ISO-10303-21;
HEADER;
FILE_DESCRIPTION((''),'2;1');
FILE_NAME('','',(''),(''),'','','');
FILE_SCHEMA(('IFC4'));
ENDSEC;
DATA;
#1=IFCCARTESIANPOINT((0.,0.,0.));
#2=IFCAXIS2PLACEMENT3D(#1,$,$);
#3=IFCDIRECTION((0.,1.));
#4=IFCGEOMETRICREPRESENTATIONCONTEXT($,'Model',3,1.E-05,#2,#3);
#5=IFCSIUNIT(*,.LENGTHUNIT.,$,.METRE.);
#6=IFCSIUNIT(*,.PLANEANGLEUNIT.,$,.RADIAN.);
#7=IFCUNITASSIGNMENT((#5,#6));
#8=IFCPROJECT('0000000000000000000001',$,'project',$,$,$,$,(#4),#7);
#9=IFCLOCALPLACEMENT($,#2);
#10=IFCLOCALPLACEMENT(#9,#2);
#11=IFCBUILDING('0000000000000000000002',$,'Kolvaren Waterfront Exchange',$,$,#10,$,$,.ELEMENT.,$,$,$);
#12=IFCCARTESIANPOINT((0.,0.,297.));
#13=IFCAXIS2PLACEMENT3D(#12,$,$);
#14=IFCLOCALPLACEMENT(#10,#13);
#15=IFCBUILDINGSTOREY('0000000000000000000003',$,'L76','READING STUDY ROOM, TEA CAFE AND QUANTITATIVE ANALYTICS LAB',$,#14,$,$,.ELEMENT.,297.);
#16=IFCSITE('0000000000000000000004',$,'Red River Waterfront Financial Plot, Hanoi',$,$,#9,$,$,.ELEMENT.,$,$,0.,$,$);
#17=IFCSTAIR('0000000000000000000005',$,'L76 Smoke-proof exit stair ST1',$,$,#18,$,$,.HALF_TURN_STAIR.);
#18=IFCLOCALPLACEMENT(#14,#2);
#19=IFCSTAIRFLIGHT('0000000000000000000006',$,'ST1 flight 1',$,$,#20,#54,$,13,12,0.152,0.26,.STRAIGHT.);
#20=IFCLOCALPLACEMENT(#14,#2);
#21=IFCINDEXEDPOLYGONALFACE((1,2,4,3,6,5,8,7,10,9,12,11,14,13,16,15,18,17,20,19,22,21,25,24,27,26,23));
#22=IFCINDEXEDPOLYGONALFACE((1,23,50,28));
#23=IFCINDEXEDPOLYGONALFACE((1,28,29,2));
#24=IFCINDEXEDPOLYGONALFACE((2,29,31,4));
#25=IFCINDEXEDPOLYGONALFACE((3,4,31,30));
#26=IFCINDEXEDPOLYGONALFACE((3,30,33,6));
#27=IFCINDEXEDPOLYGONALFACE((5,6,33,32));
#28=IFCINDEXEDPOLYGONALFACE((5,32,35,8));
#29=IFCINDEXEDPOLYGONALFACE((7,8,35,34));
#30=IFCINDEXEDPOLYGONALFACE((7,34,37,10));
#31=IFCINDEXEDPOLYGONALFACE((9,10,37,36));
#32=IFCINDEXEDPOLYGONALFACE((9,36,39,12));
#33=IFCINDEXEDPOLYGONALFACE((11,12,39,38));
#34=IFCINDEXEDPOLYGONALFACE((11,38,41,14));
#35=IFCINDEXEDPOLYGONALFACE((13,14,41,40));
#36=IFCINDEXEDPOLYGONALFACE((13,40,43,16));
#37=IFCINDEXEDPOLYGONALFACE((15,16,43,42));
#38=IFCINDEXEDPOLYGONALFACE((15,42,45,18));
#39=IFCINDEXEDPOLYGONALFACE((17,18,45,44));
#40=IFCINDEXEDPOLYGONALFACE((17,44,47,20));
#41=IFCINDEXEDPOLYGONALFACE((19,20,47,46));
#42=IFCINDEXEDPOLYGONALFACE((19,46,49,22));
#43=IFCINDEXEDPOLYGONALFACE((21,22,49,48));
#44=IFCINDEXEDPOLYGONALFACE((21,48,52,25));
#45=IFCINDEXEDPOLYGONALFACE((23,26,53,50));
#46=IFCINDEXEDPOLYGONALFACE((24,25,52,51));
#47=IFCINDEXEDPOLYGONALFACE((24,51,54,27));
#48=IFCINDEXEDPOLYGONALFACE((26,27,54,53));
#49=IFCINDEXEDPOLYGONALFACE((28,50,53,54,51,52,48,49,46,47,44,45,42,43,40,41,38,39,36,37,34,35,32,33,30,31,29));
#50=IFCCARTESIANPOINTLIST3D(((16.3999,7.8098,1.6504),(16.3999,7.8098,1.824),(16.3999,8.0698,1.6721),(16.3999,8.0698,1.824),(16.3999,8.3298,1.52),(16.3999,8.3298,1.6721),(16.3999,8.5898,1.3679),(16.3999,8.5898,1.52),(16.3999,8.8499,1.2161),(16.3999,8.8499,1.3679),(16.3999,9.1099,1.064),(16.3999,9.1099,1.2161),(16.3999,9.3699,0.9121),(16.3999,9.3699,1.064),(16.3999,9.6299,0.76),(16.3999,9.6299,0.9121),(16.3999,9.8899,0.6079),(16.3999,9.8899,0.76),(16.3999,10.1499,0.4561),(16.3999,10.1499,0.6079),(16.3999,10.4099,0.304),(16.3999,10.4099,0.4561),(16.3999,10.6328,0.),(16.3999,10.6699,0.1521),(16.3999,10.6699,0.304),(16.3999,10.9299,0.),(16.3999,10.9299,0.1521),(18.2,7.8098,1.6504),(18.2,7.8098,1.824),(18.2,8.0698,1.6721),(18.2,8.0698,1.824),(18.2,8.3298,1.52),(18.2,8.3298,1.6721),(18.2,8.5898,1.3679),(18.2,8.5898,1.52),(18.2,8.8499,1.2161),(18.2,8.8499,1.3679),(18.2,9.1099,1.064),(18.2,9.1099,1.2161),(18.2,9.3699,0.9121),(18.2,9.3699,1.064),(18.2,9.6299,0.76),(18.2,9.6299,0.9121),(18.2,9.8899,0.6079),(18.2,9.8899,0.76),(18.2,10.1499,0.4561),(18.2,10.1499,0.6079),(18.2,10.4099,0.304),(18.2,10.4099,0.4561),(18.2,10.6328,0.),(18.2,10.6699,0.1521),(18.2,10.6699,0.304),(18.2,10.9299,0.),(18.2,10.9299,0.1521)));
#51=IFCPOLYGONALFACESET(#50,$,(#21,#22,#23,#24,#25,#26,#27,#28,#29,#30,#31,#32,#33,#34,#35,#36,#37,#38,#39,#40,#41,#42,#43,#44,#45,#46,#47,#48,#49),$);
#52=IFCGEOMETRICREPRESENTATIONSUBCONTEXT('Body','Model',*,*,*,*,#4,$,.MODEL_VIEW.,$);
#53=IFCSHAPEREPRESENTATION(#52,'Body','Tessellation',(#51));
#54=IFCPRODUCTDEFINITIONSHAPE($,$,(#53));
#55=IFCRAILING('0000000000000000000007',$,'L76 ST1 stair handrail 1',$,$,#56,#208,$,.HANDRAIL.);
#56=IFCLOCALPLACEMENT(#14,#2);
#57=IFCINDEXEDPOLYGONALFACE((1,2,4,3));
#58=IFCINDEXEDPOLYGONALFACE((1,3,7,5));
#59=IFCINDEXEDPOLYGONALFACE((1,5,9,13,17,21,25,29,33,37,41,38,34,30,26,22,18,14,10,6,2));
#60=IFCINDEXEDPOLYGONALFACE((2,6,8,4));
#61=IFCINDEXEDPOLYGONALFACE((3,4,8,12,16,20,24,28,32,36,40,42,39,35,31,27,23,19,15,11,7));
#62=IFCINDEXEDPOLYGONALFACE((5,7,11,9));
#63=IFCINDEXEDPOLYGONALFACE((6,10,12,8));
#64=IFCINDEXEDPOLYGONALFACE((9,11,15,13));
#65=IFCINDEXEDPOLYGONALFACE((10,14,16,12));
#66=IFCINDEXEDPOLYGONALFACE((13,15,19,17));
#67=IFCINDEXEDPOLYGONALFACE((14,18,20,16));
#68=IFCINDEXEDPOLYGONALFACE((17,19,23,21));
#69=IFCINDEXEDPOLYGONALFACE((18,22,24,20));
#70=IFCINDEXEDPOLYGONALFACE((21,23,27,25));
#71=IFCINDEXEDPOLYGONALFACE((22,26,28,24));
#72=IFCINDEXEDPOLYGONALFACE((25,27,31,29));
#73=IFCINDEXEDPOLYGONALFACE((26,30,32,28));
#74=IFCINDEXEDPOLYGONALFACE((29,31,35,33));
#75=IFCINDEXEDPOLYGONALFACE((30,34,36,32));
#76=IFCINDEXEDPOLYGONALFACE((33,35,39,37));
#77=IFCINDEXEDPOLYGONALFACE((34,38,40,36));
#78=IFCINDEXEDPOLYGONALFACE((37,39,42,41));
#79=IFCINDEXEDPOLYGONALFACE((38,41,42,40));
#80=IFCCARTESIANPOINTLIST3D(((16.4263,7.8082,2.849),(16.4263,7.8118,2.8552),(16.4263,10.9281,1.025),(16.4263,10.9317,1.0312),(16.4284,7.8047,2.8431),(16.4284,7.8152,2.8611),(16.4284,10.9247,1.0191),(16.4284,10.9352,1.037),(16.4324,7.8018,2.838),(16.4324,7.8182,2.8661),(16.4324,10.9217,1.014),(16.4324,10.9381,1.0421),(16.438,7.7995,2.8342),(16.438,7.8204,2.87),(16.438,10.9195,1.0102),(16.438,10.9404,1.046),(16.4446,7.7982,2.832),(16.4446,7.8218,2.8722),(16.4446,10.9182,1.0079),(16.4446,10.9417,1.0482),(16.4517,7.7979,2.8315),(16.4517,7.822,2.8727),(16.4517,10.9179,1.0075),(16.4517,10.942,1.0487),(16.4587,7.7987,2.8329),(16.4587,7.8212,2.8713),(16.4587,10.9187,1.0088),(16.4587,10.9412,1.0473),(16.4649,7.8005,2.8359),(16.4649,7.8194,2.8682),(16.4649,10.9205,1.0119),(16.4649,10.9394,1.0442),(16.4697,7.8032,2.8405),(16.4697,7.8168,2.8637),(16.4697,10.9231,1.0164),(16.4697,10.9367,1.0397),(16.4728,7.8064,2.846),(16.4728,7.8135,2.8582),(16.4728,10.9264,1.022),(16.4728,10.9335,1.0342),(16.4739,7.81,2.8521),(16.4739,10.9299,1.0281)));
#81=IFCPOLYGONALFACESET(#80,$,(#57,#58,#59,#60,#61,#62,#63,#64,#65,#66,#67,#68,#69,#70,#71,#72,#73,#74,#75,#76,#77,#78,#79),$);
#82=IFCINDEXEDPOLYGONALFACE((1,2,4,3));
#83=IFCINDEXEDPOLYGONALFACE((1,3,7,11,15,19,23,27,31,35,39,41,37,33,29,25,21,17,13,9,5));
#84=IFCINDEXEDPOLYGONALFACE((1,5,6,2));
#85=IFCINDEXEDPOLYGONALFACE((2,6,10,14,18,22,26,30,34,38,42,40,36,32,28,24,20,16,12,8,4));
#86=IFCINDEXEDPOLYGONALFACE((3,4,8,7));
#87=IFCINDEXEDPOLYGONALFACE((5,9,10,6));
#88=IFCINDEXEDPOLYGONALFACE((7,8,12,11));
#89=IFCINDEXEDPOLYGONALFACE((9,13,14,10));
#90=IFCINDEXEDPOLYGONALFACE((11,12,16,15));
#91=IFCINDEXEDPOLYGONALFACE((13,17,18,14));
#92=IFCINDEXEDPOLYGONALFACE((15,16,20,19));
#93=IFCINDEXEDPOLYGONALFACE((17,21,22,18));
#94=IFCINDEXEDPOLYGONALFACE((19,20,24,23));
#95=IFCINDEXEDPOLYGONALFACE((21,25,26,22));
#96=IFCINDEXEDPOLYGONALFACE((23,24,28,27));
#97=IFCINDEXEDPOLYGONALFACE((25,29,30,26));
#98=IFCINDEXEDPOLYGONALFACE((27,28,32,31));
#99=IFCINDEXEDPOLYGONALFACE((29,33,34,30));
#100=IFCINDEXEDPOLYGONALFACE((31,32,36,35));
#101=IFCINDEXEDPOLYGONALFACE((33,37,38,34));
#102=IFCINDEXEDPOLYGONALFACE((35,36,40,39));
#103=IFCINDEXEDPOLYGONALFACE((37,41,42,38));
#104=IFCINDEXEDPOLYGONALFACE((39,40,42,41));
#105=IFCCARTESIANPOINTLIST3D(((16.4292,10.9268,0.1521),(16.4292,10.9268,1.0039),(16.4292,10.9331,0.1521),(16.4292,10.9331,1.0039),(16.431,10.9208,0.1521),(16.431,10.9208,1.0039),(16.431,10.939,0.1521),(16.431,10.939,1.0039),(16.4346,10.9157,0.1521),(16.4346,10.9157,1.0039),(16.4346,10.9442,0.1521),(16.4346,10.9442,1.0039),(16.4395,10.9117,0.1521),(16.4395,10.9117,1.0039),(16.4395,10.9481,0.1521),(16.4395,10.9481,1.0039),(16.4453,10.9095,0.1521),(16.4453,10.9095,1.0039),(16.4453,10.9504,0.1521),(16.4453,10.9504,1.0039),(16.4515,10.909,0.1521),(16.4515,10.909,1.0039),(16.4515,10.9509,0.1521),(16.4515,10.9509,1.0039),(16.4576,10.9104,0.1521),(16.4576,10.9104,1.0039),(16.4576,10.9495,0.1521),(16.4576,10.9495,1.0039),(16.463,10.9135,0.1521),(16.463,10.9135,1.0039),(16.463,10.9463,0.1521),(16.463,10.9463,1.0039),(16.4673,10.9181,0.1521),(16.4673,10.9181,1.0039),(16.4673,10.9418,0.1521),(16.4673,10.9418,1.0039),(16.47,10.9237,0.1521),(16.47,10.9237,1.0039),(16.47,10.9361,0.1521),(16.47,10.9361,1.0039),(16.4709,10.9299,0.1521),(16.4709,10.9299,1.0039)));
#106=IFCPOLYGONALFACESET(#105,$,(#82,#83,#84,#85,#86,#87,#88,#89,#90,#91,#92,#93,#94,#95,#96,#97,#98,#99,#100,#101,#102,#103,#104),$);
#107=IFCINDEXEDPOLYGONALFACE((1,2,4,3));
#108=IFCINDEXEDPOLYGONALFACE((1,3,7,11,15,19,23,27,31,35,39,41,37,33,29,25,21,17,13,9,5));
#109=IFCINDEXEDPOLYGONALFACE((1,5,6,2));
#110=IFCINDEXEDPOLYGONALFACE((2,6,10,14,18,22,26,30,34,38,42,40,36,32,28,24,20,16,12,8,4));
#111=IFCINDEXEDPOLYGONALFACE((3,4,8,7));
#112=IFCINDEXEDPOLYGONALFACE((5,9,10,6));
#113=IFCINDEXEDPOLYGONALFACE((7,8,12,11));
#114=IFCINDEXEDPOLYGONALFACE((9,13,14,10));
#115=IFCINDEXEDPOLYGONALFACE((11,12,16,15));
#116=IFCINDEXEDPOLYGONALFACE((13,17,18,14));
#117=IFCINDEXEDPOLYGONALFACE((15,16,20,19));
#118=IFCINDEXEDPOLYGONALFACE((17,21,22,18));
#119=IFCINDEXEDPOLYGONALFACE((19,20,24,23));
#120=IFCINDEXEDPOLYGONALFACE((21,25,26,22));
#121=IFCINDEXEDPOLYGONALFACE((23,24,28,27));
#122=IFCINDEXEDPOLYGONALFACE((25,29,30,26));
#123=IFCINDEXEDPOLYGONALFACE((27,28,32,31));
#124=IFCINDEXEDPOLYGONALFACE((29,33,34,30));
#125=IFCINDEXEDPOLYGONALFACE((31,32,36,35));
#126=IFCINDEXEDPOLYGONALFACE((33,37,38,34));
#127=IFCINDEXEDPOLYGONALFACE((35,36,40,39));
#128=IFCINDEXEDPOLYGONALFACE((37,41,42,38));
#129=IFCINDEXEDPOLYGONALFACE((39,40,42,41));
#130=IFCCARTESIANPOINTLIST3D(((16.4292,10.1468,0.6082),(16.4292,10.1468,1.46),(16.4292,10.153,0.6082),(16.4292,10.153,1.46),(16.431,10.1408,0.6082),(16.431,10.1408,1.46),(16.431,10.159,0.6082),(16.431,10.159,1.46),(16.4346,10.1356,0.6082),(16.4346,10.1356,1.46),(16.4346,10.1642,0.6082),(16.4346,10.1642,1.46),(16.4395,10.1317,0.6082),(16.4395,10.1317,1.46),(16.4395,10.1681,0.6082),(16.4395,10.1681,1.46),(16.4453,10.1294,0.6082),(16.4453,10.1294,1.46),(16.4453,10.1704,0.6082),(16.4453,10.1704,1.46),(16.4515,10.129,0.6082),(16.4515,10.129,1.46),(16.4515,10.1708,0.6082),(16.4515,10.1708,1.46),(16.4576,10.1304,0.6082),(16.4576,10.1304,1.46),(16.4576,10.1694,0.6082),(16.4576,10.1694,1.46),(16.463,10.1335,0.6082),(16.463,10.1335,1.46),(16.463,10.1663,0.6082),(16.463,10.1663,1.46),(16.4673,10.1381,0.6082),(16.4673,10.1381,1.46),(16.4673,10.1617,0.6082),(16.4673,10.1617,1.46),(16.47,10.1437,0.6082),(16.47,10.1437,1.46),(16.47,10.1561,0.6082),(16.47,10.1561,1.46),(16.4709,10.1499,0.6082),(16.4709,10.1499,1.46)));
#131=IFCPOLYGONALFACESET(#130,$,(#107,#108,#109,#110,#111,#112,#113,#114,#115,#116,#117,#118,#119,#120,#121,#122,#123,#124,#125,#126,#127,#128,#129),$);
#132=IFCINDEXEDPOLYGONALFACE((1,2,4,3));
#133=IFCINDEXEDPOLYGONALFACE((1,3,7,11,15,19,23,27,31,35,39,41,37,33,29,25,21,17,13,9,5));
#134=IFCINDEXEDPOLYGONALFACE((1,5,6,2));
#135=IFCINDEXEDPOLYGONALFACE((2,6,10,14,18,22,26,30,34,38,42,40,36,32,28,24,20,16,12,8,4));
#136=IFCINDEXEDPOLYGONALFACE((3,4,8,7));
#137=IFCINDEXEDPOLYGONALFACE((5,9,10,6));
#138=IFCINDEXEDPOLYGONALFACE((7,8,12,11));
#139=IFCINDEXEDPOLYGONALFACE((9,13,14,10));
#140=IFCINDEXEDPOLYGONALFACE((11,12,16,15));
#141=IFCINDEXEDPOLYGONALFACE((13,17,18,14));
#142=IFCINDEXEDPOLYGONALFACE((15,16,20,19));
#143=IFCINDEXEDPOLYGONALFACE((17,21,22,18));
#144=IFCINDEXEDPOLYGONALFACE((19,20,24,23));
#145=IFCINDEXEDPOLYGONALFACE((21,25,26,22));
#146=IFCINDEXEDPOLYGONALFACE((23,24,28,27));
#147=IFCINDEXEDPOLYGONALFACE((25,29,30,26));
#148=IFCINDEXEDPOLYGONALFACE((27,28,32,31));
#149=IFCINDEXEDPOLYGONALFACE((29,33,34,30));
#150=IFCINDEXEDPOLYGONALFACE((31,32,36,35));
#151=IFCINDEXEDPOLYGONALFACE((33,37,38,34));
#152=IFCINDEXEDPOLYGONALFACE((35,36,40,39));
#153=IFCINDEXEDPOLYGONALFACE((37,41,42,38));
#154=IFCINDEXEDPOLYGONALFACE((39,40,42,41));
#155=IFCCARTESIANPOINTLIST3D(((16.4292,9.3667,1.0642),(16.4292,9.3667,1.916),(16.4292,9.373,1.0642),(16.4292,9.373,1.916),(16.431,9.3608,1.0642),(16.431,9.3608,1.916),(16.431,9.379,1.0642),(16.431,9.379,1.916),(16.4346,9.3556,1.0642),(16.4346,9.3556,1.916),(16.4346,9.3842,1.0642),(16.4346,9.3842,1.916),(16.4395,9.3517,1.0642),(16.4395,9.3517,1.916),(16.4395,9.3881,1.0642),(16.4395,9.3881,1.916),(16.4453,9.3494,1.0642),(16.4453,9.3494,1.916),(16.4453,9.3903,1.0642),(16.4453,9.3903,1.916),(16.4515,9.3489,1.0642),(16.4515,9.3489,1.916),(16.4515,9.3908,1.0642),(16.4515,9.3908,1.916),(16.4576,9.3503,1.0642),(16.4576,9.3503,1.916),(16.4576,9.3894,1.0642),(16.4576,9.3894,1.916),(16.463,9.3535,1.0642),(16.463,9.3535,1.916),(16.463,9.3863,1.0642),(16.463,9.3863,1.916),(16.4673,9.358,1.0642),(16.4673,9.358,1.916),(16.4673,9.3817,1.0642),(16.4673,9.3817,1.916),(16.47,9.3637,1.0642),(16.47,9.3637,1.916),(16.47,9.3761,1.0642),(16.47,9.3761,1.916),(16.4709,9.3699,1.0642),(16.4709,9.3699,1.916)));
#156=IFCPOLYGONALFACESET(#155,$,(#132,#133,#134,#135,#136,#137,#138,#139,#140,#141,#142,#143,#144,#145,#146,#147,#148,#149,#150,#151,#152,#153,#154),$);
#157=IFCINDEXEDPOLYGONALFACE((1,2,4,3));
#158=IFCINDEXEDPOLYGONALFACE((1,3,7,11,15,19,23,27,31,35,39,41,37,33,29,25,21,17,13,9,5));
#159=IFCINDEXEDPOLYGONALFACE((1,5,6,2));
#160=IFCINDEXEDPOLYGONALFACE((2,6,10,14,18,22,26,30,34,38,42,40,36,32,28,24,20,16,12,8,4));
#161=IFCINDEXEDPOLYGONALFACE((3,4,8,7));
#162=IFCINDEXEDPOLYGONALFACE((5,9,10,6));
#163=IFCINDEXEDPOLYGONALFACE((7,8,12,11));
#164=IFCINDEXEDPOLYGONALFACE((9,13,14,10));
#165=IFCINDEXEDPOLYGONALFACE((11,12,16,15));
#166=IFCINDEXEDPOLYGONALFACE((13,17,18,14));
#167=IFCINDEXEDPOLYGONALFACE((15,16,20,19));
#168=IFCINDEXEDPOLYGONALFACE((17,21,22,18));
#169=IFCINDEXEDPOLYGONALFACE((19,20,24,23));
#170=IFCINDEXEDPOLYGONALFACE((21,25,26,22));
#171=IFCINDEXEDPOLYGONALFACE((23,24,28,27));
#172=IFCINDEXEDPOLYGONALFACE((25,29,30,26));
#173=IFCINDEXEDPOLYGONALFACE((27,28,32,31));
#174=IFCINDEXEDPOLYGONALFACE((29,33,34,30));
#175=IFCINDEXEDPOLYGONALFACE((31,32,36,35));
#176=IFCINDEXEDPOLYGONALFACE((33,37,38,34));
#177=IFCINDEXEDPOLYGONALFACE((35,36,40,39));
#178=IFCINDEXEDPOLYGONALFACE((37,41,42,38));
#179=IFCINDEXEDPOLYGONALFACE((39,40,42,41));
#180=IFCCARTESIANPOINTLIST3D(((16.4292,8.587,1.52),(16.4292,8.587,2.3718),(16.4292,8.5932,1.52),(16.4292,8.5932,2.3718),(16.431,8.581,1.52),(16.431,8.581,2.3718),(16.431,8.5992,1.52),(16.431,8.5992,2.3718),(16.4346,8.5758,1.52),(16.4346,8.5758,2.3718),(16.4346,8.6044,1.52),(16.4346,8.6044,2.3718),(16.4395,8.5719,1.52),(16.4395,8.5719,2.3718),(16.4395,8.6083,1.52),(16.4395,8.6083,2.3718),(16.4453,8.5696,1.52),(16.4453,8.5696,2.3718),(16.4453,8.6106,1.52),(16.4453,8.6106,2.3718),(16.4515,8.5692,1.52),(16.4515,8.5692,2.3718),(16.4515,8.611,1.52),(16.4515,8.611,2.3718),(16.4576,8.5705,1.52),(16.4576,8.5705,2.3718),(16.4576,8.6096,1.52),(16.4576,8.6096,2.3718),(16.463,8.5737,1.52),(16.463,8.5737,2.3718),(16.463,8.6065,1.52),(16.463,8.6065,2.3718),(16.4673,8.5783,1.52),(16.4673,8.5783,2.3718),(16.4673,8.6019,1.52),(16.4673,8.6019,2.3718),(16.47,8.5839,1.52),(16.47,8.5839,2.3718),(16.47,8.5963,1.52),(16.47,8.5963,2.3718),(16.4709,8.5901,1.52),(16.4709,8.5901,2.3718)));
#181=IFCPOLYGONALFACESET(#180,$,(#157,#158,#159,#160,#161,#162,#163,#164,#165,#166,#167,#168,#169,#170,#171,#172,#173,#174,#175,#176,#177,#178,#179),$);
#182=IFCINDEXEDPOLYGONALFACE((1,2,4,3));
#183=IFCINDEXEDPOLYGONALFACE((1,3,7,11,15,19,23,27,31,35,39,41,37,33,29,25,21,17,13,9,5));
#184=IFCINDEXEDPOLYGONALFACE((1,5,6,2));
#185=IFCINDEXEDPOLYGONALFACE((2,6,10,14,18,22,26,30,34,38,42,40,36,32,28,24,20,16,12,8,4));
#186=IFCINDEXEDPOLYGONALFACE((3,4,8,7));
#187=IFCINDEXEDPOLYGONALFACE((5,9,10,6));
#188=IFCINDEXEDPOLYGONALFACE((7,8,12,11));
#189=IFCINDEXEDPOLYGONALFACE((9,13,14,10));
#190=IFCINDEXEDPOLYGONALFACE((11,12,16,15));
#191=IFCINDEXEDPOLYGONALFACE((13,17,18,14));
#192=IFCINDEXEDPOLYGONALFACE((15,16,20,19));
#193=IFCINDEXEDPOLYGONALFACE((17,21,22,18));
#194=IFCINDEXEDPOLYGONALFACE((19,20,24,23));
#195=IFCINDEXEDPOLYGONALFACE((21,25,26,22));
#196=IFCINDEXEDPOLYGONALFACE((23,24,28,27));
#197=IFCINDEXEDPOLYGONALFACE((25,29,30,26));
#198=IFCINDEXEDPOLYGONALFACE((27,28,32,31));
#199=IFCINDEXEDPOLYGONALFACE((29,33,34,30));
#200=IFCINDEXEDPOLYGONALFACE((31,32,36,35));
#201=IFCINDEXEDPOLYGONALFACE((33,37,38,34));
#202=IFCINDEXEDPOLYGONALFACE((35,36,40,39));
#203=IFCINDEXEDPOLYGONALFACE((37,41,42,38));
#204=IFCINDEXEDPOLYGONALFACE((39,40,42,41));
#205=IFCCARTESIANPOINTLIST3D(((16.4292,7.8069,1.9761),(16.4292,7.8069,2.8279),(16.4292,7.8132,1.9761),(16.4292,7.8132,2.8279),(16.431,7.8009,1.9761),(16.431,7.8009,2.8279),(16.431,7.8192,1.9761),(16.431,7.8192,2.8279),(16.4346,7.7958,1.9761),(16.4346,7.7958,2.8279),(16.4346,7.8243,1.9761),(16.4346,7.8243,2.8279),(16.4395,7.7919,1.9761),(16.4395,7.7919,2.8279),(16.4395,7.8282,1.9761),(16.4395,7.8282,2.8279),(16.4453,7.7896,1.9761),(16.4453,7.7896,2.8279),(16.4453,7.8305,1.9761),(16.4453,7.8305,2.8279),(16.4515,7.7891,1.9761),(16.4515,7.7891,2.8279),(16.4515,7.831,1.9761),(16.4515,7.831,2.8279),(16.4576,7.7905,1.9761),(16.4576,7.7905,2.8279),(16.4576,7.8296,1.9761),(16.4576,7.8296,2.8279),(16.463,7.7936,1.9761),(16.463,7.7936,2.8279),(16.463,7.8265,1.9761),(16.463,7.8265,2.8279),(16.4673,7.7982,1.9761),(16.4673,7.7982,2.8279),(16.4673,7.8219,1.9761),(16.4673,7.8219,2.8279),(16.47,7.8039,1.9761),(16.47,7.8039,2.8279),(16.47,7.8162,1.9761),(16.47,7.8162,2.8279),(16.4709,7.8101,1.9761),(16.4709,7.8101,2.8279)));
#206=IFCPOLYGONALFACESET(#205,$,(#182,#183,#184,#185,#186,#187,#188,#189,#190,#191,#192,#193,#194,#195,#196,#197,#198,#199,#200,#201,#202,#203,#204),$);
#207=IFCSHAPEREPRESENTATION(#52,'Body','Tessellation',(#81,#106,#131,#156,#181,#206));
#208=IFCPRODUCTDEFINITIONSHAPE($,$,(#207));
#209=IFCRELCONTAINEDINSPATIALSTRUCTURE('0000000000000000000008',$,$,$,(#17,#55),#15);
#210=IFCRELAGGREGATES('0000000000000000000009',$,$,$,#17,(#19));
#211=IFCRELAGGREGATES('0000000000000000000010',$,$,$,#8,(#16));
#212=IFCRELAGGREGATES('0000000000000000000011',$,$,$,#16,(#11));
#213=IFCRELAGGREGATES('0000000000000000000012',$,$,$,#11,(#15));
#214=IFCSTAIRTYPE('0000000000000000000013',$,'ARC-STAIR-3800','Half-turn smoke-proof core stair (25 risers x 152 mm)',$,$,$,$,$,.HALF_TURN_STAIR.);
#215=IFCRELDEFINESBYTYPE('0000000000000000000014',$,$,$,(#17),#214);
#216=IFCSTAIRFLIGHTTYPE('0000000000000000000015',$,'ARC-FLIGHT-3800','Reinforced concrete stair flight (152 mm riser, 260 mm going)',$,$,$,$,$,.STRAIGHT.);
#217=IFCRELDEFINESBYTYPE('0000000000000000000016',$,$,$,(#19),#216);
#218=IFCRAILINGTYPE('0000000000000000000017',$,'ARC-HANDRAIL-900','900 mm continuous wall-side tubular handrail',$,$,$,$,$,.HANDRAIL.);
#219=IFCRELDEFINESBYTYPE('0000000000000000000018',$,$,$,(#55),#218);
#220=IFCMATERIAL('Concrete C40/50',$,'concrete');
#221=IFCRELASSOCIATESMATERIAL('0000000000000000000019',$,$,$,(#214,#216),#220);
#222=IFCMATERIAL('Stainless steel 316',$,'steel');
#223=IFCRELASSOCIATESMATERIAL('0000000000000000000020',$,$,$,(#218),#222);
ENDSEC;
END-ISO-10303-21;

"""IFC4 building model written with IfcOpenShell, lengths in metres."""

from ifc_helpers import new_model, si_unit, direction, frame, origin, origin_2d, place, context, subcontext, project, spatial, polyline, circle, outline, extrude, material, type_object, element, aggregate, save


model = new_model("IFC4")

# Units and contexts
model_context = context("Model", 3, precision=1e-05, world=origin(), true_north=direction((0.0, 1.0)))
body_context = subcontext(model_context, "Body", "Model", "MODEL_VIEW")
ifc_project = project(units=[si_unit("LENGTHUNIT", "METRE"), si_unit("PLANEANGLEUNIT", "RADIAN")], contexts=[model_context])

# Site, building, storey
site_placement = place(None, origin())
site = spatial("IfcSite", under=ifc_project, at=site_placement, Name="Red River Waterfront Financial Plot, Hanoi", CompositionType="ELEMENT", RefElevation=0.0)
building_placement = place(site_placement, origin())
building = spatial("IfcBuilding", under=site, at=building_placement, Name="Kolvaren Waterfront Exchange", CompositionType="ELEMENT")
storey_placement = place(building_placement, frame((0.0, 0.0, 297.0)))
storey = spatial("IfcBuildingStorey", under=building, at=storey_placement, Name="L76", Description="READING STUDY ROOM, TEA CAFE AND QUANTITATIVE ANALYTICS LAB", CompositionType="ELEMENT", Elevation=297.0)

# Stair, stair flight
ifc_material_1 = material(Name="Concrete C40/50", Category="concrete")
stair_type = type_object("IfcStairType", Name="ARC-STAIR-3800", Description="Half-turn smoke-proof core stair (25 risers x 152 mm)", PredefinedType="HALF_TURN_STAIR", material=ifc_material_1)
stair_placement = place(storey_placement, origin())
stair = element("IfcStair", 1, at=stair_placement, inside=storey, type_object=stair_type, Name="L76 Smoke-proof exit stair ST1", PredefinedType="HALF_TURN_STAIR")
stair_flight_type = type_object("IfcStairFlightType", Name="ARC-FLIGHT-3800", Description="Reinforced concrete stair flight (152 mm riser, 260 mm going)", PredefinedType="STRAIGHT", material=ifc_material_1)
stair_flight_placement = place(storey_placement, frame((17.3, 10.9299, 0.0), z_axis=(0.0, 0.0, 1.0), x_axis=(0.0, -1.0, 0.0)))
stair_flight = element("IfcStairFlight", 2, at=stair_flight_placement, type_object=stair_flight_type, Name="ST1 flight 1", NumberOfRisers=13, NumberOfTreads=12, PredefinedType="STRAIGHT", RiserHeight=0.152, TreadLength=0.26, context=body_context, shape_type="SweptSolid", body=[
    extrude(outline(polyline([(0.0, 0.0), (0.0, 0.1521), (0.26, 0.1521), (0.26, 0.304), (0.52, 0.304), (0.52, 0.4561), (0.78, 0.4561), (0.78, 0.6079), (1.04, 0.6079), (1.04, 0.76), (1.3, 0.76), (1.3, 0.9121), (1.5601, 0.9121), (1.5601, 1.064), (1.8201, 1.064), (1.8201, 1.2161), (2.0801, 1.2161), (2.0801, 1.3679), (2.3401, 1.3679), (2.3401, 1.52), (2.6001, 1.52), (2.6001, 1.6721), (2.8601, 1.6721), (2.8601, 1.824), (3.1201, 1.824), (3.1201, 1.9761), (3.1201, 1.6504), (0.2971, 0.0), (0.0, 0.0)])), frame((0.0, 0.8999, 0.0), z_axis=(0.0, -1.0, 0.0), x_axis=(1.0, 0.0, 0.0)), (0.0, 0.0, 1.0), 1.8),
])
aggregate(stair, [stair_flight])

# Railing
ifc_material_2 = material(Name="Stainless steel 316", Category="steel")
railing_type = type_object("IfcRailingType", Name="ARC-HANDRAIL-900", Description="900 mm continuous wall-side tubular handrail", PredefinedType="HANDRAIL", material=ifc_material_2)
railing_placement = place(storey_placement, frame((16.45, 10.9299, 0.1521)))
element("IfcRailing", 3, at=railing_placement, inside=storey, type_object=railing_type, Name="L76 ST1 stair handrail 1", PredefinedType="HANDRAIL", context=body_context, shape_type="SweptSolid", body=[
    extrude(circle(Radius=0.0239, at=origin_2d()), frame((0.0, 0.0, 0.876), z_axis=(0.0, -0.863291, 0.504707), x_axis=(1.0, 0.0, 0.0)), (0.0, 0.0, 1.0), 3.614),
    extrude(circle(Radius=0.021, at=origin_2d()), origin(), (0.0, 0.0, 1.0), 0.8518),
    extrude(circle(Radius=0.021, at=origin_2d()), frame((0.0, -0.78, 0.4561)), (0.0, 0.0, 1.0), 0.8518),
    extrude(circle(Radius=0.021, at=origin_2d()), frame((0.0, -1.5601, 0.9121)), (0.0, 0.0, 1.0), 0.8518),
    extrude(circle(Radius=0.021, at=origin_2d()), frame((0.0, -2.3398, 1.3679)), (0.0, 0.0, 1.0), 0.8518),
    extrude(circle(Radius=0.021, at=origin_2d()), frame((0.0, -3.1199, 1.824)), (0.0, 0.0, 1.0), 0.8518),
])

save(model, "model.ifc")
